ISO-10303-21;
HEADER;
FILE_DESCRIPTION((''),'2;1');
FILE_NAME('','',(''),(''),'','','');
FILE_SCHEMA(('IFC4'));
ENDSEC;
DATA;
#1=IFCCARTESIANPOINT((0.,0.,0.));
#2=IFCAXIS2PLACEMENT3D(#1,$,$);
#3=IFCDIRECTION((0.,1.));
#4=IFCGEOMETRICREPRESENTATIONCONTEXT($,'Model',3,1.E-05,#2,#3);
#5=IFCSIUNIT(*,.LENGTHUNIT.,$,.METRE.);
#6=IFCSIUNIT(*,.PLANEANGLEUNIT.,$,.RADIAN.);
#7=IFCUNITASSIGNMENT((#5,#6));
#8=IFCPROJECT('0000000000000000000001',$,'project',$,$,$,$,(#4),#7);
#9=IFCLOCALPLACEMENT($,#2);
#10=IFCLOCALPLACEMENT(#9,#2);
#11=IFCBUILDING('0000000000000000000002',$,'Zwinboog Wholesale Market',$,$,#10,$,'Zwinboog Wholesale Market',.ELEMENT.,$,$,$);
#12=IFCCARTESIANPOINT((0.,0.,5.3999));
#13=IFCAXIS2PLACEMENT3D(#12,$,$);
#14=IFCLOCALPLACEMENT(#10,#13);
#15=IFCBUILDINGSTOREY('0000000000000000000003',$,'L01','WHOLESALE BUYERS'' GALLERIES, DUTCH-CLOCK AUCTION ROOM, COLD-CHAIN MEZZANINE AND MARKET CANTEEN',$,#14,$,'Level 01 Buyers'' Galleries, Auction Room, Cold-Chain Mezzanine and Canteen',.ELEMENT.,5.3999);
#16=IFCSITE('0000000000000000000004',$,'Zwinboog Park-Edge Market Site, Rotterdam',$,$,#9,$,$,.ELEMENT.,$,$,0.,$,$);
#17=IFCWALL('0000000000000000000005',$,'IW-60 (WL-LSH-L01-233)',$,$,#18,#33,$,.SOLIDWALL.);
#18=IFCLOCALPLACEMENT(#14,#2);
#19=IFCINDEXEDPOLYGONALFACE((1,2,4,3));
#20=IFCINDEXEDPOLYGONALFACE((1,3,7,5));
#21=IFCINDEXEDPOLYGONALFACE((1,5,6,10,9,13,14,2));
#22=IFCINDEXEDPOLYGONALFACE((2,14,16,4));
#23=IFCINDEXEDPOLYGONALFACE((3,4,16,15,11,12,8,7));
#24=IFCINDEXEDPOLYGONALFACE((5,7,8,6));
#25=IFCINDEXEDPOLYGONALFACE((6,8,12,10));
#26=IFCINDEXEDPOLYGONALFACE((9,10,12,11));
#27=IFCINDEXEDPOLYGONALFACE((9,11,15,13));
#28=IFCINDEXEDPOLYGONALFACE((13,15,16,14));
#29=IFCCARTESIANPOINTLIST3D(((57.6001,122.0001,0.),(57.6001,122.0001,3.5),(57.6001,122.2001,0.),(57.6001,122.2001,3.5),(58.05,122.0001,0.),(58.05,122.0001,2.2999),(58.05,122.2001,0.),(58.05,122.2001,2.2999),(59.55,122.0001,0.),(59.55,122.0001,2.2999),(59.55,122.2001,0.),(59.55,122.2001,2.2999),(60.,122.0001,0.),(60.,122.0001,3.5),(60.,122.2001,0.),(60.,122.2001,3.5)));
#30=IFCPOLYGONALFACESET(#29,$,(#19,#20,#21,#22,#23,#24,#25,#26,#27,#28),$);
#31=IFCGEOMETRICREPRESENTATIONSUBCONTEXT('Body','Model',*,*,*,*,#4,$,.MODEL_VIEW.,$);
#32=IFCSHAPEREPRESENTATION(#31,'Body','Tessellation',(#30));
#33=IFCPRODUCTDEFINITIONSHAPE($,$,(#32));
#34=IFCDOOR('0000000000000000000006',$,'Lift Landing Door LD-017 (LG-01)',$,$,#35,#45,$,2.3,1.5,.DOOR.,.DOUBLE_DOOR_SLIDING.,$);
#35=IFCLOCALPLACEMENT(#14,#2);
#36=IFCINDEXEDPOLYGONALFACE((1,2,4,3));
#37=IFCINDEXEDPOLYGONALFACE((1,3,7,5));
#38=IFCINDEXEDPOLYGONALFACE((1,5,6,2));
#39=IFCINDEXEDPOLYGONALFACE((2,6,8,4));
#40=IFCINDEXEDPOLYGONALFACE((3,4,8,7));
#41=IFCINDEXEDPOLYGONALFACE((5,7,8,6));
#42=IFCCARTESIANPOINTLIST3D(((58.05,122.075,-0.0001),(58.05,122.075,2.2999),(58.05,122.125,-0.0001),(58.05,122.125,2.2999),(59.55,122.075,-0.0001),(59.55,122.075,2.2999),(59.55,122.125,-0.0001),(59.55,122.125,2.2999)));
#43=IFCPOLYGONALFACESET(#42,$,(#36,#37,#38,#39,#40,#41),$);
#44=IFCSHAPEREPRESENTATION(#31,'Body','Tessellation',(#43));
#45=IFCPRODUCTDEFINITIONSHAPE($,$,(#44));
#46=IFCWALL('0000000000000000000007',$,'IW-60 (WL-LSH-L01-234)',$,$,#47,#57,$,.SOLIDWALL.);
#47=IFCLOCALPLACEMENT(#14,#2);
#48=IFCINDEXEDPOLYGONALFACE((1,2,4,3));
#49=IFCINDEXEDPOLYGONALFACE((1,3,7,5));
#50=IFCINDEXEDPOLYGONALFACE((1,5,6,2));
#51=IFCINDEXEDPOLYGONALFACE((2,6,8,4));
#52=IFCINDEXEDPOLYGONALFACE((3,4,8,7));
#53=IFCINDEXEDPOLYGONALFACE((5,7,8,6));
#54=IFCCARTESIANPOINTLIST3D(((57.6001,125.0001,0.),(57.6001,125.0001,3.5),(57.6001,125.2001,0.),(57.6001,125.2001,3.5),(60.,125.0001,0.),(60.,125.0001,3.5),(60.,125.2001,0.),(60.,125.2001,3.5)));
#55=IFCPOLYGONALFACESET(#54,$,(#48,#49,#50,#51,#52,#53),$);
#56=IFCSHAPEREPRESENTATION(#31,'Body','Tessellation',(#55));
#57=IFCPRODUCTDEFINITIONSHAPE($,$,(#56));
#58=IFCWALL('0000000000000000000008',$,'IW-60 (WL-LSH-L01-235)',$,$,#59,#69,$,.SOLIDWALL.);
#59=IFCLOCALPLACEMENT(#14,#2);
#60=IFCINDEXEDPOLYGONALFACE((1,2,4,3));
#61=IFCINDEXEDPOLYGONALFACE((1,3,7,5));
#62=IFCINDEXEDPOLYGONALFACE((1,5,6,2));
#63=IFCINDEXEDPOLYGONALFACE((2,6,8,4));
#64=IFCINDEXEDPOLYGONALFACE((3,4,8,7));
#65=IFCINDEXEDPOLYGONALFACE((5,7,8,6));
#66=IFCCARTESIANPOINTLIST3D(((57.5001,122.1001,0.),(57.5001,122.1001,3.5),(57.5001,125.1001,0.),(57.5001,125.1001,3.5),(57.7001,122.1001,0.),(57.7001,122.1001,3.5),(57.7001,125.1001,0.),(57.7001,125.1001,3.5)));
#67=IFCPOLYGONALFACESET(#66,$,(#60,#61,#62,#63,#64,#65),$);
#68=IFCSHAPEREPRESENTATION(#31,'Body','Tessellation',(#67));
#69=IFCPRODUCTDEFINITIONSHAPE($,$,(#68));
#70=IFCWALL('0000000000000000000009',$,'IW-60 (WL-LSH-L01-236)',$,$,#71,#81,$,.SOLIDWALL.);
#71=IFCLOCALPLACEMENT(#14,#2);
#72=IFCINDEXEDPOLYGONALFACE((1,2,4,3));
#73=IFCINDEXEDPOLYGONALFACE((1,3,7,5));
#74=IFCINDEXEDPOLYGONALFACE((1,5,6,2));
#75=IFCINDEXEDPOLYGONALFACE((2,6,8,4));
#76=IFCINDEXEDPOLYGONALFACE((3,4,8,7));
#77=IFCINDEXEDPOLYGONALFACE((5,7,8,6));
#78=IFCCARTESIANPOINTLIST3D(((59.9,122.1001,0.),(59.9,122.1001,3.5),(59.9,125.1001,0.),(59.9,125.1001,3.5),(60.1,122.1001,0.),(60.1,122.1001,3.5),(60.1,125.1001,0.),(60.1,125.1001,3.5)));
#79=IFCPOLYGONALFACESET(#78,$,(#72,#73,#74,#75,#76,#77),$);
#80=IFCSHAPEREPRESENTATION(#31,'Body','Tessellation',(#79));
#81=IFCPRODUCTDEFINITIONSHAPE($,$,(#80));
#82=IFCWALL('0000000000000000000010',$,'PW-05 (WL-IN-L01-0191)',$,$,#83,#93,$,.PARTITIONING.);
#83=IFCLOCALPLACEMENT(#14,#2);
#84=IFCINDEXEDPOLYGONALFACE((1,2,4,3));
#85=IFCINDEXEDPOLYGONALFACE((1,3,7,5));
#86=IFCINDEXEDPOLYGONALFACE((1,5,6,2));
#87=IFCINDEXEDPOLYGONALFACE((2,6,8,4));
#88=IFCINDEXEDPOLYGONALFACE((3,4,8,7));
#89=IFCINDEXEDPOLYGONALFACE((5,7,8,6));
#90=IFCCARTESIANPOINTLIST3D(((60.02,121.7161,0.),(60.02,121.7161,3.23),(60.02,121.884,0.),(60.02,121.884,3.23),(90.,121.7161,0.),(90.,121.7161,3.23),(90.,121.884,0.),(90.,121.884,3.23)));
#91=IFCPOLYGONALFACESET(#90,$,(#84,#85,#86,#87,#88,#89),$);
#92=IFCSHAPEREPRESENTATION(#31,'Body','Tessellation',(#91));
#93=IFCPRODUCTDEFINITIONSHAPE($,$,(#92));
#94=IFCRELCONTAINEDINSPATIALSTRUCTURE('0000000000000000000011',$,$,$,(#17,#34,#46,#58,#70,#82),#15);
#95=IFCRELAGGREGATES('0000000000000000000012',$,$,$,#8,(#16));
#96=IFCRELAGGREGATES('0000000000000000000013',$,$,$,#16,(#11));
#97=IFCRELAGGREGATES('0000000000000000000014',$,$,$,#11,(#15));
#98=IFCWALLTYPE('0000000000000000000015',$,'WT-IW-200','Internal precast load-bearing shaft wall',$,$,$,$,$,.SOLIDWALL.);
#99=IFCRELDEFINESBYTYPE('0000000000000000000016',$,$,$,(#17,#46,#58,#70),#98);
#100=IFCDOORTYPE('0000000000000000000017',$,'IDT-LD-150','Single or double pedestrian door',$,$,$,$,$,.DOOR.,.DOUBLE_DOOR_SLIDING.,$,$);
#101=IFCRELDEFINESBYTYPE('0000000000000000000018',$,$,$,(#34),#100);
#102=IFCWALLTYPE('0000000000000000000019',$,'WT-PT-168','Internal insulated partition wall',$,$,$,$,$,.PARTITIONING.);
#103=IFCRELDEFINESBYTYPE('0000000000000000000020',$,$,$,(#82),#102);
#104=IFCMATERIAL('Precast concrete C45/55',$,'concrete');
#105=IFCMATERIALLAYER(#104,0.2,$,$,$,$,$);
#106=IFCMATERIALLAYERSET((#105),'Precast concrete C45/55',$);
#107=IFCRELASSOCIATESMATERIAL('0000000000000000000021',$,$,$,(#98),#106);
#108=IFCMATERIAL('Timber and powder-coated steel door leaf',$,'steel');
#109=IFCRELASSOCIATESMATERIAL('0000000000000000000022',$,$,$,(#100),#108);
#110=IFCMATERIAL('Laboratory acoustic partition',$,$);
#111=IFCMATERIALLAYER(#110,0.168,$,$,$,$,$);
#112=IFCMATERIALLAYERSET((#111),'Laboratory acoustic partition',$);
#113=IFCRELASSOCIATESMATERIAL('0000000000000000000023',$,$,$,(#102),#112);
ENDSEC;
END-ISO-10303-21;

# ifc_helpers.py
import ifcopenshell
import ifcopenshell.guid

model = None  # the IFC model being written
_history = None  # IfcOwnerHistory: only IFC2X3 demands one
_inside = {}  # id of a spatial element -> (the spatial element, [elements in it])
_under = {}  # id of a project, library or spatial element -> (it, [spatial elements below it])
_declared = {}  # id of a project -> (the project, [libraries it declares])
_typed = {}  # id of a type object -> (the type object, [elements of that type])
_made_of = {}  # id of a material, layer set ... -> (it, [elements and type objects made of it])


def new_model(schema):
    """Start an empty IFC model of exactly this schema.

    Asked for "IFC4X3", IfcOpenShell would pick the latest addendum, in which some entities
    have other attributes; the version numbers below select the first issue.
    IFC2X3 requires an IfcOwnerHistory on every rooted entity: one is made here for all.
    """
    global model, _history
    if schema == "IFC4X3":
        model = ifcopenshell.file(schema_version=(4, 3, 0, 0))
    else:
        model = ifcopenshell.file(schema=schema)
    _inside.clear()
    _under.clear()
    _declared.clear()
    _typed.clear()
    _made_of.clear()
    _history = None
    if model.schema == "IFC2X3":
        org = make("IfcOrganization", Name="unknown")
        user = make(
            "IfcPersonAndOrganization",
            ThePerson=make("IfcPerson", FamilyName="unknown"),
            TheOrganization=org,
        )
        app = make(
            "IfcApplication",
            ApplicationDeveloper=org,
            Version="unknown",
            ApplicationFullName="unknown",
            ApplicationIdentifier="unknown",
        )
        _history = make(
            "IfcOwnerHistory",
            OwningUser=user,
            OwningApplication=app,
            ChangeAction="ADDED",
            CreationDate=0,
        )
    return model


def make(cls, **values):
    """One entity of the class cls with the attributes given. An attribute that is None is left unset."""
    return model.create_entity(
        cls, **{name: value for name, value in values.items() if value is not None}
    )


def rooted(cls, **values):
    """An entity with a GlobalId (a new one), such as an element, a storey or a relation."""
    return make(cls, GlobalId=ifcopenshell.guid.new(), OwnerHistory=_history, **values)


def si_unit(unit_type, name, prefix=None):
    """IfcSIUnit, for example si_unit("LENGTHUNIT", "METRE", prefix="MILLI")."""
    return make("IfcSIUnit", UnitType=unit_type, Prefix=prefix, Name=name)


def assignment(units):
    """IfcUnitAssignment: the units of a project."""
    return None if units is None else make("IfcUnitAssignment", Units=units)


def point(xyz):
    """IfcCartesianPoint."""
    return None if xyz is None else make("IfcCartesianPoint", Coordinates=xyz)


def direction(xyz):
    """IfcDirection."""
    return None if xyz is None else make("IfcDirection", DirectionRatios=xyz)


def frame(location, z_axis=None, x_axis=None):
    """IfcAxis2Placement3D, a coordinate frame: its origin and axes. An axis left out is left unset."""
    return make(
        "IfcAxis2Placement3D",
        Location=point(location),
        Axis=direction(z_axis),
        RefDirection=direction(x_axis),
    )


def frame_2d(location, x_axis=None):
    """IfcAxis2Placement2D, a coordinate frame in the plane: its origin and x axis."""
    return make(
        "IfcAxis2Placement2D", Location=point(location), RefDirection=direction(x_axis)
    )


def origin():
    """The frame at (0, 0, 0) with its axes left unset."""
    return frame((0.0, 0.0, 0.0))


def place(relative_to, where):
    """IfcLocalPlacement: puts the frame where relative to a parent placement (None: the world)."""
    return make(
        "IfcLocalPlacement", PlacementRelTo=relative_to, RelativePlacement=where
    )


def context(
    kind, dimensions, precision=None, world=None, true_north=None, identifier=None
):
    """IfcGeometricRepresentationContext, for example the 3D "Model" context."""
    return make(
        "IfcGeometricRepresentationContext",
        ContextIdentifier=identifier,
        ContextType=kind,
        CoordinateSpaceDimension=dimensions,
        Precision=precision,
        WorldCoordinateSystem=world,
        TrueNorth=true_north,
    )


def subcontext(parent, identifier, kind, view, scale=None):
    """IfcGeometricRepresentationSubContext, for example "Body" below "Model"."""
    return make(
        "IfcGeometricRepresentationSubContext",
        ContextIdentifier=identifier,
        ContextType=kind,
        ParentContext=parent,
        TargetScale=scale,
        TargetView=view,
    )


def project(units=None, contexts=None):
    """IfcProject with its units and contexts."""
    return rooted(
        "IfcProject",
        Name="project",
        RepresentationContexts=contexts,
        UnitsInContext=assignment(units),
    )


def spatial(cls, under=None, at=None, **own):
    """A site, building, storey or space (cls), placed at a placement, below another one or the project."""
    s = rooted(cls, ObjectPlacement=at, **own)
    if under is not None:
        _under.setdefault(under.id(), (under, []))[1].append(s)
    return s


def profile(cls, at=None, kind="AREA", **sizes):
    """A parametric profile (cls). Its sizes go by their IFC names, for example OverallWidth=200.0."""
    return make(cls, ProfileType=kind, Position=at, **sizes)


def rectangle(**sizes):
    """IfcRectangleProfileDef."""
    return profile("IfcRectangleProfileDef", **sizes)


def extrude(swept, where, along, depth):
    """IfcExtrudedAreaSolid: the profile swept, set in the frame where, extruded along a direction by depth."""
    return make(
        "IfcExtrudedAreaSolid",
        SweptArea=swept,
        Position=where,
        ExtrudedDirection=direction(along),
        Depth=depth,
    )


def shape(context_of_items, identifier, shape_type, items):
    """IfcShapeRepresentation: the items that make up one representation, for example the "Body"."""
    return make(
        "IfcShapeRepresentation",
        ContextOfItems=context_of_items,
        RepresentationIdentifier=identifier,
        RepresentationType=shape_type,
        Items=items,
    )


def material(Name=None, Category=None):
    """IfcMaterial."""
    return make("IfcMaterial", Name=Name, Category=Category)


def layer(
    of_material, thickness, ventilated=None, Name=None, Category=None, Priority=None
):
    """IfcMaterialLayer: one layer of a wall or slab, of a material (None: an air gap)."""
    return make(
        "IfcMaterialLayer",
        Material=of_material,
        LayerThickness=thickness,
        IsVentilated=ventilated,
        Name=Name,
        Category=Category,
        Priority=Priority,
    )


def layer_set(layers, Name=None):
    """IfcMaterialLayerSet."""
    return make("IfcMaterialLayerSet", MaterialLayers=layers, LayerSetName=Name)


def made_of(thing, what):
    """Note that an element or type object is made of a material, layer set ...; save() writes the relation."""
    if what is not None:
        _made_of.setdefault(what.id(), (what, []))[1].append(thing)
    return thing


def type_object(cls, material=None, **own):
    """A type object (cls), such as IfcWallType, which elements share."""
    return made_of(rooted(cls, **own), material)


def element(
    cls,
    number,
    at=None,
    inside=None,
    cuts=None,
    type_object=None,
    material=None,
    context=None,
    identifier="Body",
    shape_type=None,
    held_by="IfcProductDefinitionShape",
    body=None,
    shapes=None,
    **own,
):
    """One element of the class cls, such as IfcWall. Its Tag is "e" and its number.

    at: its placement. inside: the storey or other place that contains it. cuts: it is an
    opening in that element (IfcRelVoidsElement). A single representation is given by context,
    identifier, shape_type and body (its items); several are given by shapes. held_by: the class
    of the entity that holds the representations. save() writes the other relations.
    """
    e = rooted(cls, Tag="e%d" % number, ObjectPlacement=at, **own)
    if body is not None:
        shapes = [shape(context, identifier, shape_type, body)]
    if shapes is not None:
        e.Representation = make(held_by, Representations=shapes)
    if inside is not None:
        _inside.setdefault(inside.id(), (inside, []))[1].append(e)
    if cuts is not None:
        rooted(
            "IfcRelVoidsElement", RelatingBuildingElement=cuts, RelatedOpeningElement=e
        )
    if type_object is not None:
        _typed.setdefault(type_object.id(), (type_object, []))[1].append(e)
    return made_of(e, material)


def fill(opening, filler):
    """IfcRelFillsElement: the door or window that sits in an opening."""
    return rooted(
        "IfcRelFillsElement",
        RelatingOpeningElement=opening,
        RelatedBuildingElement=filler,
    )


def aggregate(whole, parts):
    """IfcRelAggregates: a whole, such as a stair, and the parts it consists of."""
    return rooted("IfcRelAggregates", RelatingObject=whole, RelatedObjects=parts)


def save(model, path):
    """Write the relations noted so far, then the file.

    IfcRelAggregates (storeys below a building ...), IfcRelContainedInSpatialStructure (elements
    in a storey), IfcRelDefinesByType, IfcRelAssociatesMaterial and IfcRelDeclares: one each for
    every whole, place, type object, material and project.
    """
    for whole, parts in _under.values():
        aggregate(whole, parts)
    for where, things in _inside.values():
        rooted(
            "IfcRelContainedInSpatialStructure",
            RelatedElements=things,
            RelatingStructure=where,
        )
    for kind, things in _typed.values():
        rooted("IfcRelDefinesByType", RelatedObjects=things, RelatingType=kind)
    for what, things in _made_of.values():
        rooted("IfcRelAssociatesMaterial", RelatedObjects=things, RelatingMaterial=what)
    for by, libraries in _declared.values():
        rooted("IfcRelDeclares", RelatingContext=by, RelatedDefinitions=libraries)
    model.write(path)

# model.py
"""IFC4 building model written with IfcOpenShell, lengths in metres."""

from ifc_helpers import new_model, si_unit, direction, frame, frame_2d, origin, place, context, subcontext, project, spatial, rectangle, extrude, material, layer, layer_set, type_object, element, fill, save


model = new_model("IFC4")

# Units and contexts
model_context = context("Model", 3, precision=1e-05, world=origin(), true_north=direction((0.0, 1.0)))
body_context = subcontext(model_context, "Body", "Model", "MODEL_VIEW")
ifc_project = project(units=[si_unit("LENGTHUNIT", "METRE"), si_unit("PLANEANGLEUNIT", "RADIAN")], contexts=[model_context])

# Site, building, storey
site_placement = place(None, origin())
site = spatial("IfcSite", under=ifc_project, at=site_placement, Name="Zwinboog Park-Edge Market Site, Rotterdam", CompositionType="ELEMENT", RefElevation=0.0)
building_placement = place(site_placement, origin())
building = spatial("IfcBuilding", under=site, at=building_placement, Name="Zwinboog Wholesale Market", LongName="Zwinboog Wholesale Market", CompositionType="ELEMENT")
storey_placement = place(building_placement, frame((0.0, 0.0, 5.3999)))
storey = spatial("IfcBuildingStorey", under=building, at=storey_placement, Name="L01", Description="WHOLESALE BUYERS' GALLERIES, DUTCH-CLOCK AUCTION ROOM, COLD-CHAIN MEZZANINE AND MARKET CANTEEN", LongName="Level 01 Buyers' Galleries, Auction Room, Cold-Chain Mezzanine and Canteen", CompositionType="ELEMENT", Elevation=5.3999)

# Shared definitions
ifc_material_1 = material(Name="Precast concrete C45/55", Category="concrete")

# Wall, opening, door
ifc_layer_1 = layer(ifc_material_1, 0.2)
ifc_layer_set_1 = layer_set([ifc_layer_1], Name="Precast concrete C45/55")
wall_type_1 = type_object("IfcWallType", Name="WT-IW-200", Description="Internal precast load-bearing shaft wall", PredefinedType="SOLIDWALL", material=ifc_layer_set_1)
wall_1_placement = place(storey_placement, frame((57.6001, 122.1001, 0.0), z_axis=(0.0, 0.0, 1.0), x_axis=(1.0, 0.0, 0.0)))
wall_1 = element("IfcWall", 1, at=wall_1_placement, inside=storey, type_object=wall_type_1, Name="IW-60 (WL-LSH-L01-233)", PredefinedType="SOLIDWALL", context=body_context, shape_type="SweptSolid", body=[
    extrude(rectangle(XDim=2.3999, YDim=0.2, at=frame_2d((1.2, 0.0))), origin(), (0.0, 0.0, 1.0), 3.5),
])
opening_1_placement = place(wall_1_placement, frame((0.45, 0.0, 0.0)))
opening_1 = element("IfcOpeningElement", 2, at=opening_1_placement, cuts=wall_1, PredefinedType="OPENING", context=body_context, shape_type="SweptSolid", body=[
    extrude(rectangle(XDim=1.5, YDim=2.3, at=frame_2d((0.75, 1.1499))), frame((0.0, 0.1099, 0.0), z_axis=(0.0, -1.0, 0.0), x_axis=(1.0, 0.0, 0.0)), (0.0, 0.0, 1.0), 0.22),
])
ifc_material_2 = material(Name="Timber and powder-coated steel door leaf", Category="steel")
door_type = type_object("IfcDoorType", Name="IDT-LD-150", Description="Single or double pedestrian door", OperationType="DOUBLE_DOOR_SLIDING", PredefinedType="DOOR", material=ifc_material_2)
door_placement = place(opening_1_placement, origin())
door = element("IfcDoor", 3, at=door_placement, inside=storey, type_object=door_type, Name="Lift Landing Door LD-017 (LG-01)", OperationType="DOUBLE_DOOR_SLIDING", OverallHeight=2.3, OverallWidth=1.5, PredefinedType="DOOR", context=body_context, shape_type="SweptSolid", body=[
    extrude(rectangle(XDim=1.5, YDim=2.3, at=frame_2d((0.75, 1.1499))), frame((0.0, 0.0249, 0.0), z_axis=(0.0, -1.0, 0.0), x_axis=(1.0, 0.0, 0.0)), (0.0, 0.0, 1.0), 0.05),
])
fill(opening_1, door)

# Walls
wall_2_placement = place(storey_placement, frame((57.6001, 125.1001, 0.0), z_axis=(0.0, 0.0, 1.0), x_axis=(1.0, 0.0, 0.0)))
element("IfcWall", 4, at=wall_2_placement, inside=storey, type_object=wall_type_1, Name="IW-60 (WL-LSH-L01-234)", PredefinedType="SOLIDWALL", context=body_context, shape_type="SweptSolid", body=[
    extrude(rectangle(XDim=2.3999, YDim=0.2, at=frame_2d((1.2, 0.0))), origin(), (0.0, 0.0, 1.0), 3.5),
])
for number, where, z_axis, x_axis, name in (
    (5, (57.6001, 122.1001, 0.0), (0.0, 0.0, 1.0), (0.0, 1.0, 0.0), "IW-60 (WL-LSH-L01-235)"),
    (6, (60.0, 122.1001, 0.0), (0.0, 0.0, 1.0), (0.0, 1.0, 0.0), "IW-60 (WL-LSH-L01-236)"),
):
    element("IfcWall", number, at=place(storey_placement, frame(where, z_axis=z_axis, x_axis=x_axis)), inside=storey, type_object=wall_type_1, Name=name, PredefinedType="SOLIDWALL", context=body_context, shape_type="SweptSolid", body=[
        extrude(rectangle(XDim=3.0, YDim=0.2, at=frame_2d((1.5, 0.0))), origin(), (0.0, 0.0, 1.0), 3.5),
    ])
ifc_material_3 = material(Name="Laboratory acoustic partition")
ifc_layer_2 = layer(ifc_material_3, 0.168)
ifc_layer_set_2 = layer_set([ifc_layer_2], Name="Laboratory acoustic partition")
wall_type_2 = type_object("IfcWallType", Name="WT-PT-168", Description="Internal insulated partition wall", PredefinedType="PARTITIONING", material=ifc_layer_set_2)
wall_3_placement = place(storey_placement, frame((60.02, 121.8, 0.0), z_axis=(0.0, 0.0, 1.0), x_axis=(1.0, 0.0, 0.0)))
element("IfcWall", 7, at=wall_3_placement, inside=storey, type_object=wall_type_2, Name="PW-05 (WL-IN-L01-0191)", PredefinedType="PARTITIONING", context=body_context, shape_type="SweptSolid", body=[
    extrude(rectangle(XDim=29.98, YDim=0.168, at=frame_2d((14.99, 0.0))), origin(), (0.0, 0.0, 1.0), 3.23),
])

save(model, "model.ifc")
